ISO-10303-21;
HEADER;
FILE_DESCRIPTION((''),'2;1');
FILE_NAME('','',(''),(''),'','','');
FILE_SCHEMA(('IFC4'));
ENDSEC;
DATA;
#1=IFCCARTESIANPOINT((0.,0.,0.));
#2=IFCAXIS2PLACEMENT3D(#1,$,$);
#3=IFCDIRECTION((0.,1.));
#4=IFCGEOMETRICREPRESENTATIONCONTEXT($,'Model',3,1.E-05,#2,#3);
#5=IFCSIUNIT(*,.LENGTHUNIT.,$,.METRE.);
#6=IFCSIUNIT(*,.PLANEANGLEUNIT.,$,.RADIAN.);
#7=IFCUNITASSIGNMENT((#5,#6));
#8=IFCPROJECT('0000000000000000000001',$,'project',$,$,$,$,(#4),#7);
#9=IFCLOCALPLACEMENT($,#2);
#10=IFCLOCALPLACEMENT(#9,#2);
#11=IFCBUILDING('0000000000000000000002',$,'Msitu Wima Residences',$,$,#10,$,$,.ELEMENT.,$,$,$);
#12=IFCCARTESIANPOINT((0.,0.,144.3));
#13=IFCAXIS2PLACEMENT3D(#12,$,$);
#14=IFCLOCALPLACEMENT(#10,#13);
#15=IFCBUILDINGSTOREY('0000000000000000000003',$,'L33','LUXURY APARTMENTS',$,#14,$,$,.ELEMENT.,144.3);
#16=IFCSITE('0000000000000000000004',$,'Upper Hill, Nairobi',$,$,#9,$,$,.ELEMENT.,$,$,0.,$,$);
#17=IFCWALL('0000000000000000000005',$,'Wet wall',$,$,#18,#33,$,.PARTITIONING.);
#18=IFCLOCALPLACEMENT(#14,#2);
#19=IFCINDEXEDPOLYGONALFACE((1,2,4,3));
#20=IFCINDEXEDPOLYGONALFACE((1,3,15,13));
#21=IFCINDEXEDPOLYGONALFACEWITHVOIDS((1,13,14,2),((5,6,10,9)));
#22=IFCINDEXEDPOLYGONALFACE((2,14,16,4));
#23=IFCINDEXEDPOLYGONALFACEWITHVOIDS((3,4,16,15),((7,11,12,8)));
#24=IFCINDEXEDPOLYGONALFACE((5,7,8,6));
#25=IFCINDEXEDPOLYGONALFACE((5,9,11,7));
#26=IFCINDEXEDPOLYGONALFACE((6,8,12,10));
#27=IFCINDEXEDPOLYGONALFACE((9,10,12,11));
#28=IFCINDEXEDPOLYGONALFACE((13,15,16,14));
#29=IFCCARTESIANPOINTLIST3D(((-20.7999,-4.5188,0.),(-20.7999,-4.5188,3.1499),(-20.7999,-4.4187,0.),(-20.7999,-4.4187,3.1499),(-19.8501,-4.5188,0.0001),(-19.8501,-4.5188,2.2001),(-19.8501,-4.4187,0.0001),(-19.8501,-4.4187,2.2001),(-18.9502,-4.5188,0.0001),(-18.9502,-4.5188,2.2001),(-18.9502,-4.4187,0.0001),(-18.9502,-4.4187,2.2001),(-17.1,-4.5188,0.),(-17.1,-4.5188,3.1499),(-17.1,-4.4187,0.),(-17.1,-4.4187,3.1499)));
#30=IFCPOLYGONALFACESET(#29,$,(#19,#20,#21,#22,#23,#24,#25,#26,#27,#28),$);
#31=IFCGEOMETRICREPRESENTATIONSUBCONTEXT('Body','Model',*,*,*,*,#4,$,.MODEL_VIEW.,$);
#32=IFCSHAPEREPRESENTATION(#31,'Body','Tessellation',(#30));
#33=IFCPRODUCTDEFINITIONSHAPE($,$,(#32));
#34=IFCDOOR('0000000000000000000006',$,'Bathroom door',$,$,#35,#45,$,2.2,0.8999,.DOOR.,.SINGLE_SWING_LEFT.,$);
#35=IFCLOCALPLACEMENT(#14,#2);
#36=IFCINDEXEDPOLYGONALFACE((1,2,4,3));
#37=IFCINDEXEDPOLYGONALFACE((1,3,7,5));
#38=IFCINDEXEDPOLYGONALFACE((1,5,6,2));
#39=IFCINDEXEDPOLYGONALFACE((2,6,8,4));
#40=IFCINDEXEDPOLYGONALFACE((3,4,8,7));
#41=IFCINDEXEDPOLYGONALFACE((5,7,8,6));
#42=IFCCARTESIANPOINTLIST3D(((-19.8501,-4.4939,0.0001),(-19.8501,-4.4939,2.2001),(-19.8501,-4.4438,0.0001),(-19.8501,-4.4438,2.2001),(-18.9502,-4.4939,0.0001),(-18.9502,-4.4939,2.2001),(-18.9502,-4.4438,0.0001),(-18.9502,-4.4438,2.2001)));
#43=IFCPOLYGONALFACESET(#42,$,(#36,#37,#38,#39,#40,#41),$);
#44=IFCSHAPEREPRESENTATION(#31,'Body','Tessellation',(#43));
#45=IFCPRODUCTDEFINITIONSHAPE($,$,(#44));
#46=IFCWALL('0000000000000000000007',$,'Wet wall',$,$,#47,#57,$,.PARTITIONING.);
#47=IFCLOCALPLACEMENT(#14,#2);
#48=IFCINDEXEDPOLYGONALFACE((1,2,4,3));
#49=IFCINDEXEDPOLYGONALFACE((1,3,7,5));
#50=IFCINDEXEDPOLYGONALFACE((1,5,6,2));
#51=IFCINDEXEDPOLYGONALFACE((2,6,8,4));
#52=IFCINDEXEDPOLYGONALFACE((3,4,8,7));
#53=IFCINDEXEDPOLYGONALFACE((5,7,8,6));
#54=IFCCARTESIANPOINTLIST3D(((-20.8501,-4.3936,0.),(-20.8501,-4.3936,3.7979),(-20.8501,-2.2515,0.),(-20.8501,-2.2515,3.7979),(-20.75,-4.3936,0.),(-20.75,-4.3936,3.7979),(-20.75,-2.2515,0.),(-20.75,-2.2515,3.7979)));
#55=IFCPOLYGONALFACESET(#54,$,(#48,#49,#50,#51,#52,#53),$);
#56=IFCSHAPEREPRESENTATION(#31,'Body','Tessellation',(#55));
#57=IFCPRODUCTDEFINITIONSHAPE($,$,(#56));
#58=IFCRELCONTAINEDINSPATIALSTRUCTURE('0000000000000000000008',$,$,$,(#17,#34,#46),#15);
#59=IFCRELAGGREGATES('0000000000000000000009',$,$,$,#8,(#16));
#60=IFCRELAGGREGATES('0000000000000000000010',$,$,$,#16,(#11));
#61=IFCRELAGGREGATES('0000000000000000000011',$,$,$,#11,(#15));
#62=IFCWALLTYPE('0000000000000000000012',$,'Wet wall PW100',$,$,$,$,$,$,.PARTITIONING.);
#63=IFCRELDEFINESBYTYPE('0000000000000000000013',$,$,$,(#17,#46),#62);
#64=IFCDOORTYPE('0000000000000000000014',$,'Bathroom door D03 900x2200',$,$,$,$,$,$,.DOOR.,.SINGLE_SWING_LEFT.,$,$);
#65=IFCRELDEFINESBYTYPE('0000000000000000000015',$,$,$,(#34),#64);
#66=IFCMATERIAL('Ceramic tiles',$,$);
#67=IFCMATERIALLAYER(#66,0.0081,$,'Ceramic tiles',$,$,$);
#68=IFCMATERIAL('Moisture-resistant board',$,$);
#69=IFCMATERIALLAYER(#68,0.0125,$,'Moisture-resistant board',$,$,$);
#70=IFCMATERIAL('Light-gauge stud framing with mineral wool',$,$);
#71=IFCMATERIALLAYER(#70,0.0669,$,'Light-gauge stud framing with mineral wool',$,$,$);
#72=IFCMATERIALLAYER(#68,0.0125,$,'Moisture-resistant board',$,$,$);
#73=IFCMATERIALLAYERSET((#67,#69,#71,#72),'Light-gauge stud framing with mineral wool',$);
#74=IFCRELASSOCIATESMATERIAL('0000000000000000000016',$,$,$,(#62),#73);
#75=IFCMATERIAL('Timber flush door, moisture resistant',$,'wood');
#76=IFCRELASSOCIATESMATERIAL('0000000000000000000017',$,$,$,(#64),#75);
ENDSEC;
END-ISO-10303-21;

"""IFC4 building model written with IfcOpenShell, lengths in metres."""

from ifc_helpers import new_model, si_unit, direction, frame, frame_2d, origin, place, context, subcontext, project, spatial, rectangle, extrude, material, layer, layer_set, type_object, element, fill, save


model = new_model("IFC4")

# Units and contexts
model_context = context("Model", 3, precision=1e-05, world=origin(), true_north=direction((0.0, 1.0)))
body_context = subcontext(model_context, "Body", "Model", "MODEL_VIEW")
ifc_project = project(units=[si_unit("LENGTHUNIT", "METRE"), si_unit("PLANEANGLEUNIT", "RADIAN")], contexts=[model_context])

# Site, building, storey
site_placement = place(None, origin())
site = spatial("IfcSite", under=ifc_project, at=site_placement, Name="Upper Hill, Nairobi", CompositionType="ELEMENT", RefElevation=0.0)
building_placement = place(site_placement, origin())
building = spatial("IfcBuilding", under=site, at=building_placement, Name="Msitu Wima Residences", CompositionType="ELEMENT")
storey_placement = place(building_placement, frame((0.0, 0.0, 144.3)))
storey = spatial("IfcBuildingStorey", under=building, at=storey_placement, Name="L33", Description="LUXURY APARTMENTS", CompositionType="ELEMENT", Elevation=144.3)

# Wall, opening, door
ifc_material_1 = material(Name="Ceramic tiles")
ifc_layer_1 = layer(ifc_material_1, 0.0081, Name="Ceramic tiles")
ifc_material_2 = material(Name="Moisture-resistant board")
ifc_layer_2 = layer(ifc_material_2, 0.0125, Name="Moisture-resistant board")
ifc_material_3 = material(Name="Light-gauge stud framing with mineral wool")
ifc_layer_3 = layer(ifc_material_3, 0.0669, Name="Light-gauge stud framing with mineral wool")
ifc_layer_4 = layer(ifc_material_2, 0.0125, Name="Moisture-resistant board")
ifc_layer_set_1 = layer_set([ifc_layer_1, ifc_layer_2, ifc_layer_3, ifc_layer_4], Name="Light-gauge stud framing with mineral wool")
wall_type_1 = type_object("IfcWallType", Name="Wet wall PW100", PredefinedType="PARTITIONING", material=ifc_layer_set_1)
wall_1_placement = place(storey_placement, frame((-20.8, -4.4688, 0.0), z_axis=(0.0, 0.0, 1.0), x_axis=(1.0, 0.0, 0.0)))
wall_1 = element("IfcWall", 1, at=wall_1_placement, inside=storey, type_object=wall_type_1, Name="Wet wall", PredefinedType="PARTITIONING", context=body_context, shape_type="SweptSolid", body=[
    extrude(rectangle(XDim=3.7, YDim=0.1001, at=frame_2d((1.8501, 0.0))), origin(), (0.0, 0.0, 1.0), 3.1499),
])
opening_1_placement = place(wall_1_placement, frame((0.95, 0.0, 0.0)))
opening_1 = element("IfcOpeningElement", 2, at=opening_1_placement, cuts=wall_1, PredefinedType="OPENING", context=body_context, shape_type="SweptSolid", body=[
    extrude(rectangle(XDim=0.8999, YDim=2.2, at=frame_2d((0.45, 1.1001))), frame((0.0, 0.0601, 0.0), z_axis=(0.0, -1.0, 0.0), x_axis=(1.0, 0.0, 0.0)), (0.0, 0.0, 1.0), 0.1201),
])
ifc_material_4 = material(Name="Timber flush door, moisture resistant", Category="wood")
door_type_1 = type_object("IfcDoorType", Name="Bathroom door D03 900x2200", OperationType="SINGLE_SWING_LEFT", PredefinedType="DOOR", material=ifc_material_4)
door_1_placement = place(opening_1_placement, origin())
door_1 = element("IfcDoor", 3, at=door_1_placement, inside=storey, type_object=door_type_1, Name="Bathroom door", OperationType="SINGLE_SWING_LEFT", OverallHeight=2.2, OverallWidth=0.8999, PredefinedType="DOOR", context=body_context, shape_type="SweptSolid", body=[
    extrude(rectangle(XDim=0.8999, YDim=2.2, at=frame_2d((0.45, 1.1001))), frame((0.0, 0.0249, 0.0), z_axis=(0.0, -1.0, 0.0), x_axis=(1.0, 0.0, 0.0)), (0.0, 0.0, 1.0), 0.05),
])
fill(opening_1, door_1)

# Wall
wall_2_placement = place(storey_placement, frame((-20.8, -4.3936, 0.0), z_axis=(0.0, 0.0, 1.0), x_axis=(0.0, 1.0, 0.0)))
element("IfcWall", 4, at=wall_2_placement, inside=storey, type_object=wall_type_1, Name="Wet wall", PredefinedType="PARTITIONING", context=body_context, shape_type="SweptSolid", body=[
    extrude(rectangle(XDim=2.1421, YDim=0.1001, at=frame_2d((1.071, 0.0))), origin(), (0.0, 0.0, 1.0), 3.7979),
])

save(model, "model.ifc")
